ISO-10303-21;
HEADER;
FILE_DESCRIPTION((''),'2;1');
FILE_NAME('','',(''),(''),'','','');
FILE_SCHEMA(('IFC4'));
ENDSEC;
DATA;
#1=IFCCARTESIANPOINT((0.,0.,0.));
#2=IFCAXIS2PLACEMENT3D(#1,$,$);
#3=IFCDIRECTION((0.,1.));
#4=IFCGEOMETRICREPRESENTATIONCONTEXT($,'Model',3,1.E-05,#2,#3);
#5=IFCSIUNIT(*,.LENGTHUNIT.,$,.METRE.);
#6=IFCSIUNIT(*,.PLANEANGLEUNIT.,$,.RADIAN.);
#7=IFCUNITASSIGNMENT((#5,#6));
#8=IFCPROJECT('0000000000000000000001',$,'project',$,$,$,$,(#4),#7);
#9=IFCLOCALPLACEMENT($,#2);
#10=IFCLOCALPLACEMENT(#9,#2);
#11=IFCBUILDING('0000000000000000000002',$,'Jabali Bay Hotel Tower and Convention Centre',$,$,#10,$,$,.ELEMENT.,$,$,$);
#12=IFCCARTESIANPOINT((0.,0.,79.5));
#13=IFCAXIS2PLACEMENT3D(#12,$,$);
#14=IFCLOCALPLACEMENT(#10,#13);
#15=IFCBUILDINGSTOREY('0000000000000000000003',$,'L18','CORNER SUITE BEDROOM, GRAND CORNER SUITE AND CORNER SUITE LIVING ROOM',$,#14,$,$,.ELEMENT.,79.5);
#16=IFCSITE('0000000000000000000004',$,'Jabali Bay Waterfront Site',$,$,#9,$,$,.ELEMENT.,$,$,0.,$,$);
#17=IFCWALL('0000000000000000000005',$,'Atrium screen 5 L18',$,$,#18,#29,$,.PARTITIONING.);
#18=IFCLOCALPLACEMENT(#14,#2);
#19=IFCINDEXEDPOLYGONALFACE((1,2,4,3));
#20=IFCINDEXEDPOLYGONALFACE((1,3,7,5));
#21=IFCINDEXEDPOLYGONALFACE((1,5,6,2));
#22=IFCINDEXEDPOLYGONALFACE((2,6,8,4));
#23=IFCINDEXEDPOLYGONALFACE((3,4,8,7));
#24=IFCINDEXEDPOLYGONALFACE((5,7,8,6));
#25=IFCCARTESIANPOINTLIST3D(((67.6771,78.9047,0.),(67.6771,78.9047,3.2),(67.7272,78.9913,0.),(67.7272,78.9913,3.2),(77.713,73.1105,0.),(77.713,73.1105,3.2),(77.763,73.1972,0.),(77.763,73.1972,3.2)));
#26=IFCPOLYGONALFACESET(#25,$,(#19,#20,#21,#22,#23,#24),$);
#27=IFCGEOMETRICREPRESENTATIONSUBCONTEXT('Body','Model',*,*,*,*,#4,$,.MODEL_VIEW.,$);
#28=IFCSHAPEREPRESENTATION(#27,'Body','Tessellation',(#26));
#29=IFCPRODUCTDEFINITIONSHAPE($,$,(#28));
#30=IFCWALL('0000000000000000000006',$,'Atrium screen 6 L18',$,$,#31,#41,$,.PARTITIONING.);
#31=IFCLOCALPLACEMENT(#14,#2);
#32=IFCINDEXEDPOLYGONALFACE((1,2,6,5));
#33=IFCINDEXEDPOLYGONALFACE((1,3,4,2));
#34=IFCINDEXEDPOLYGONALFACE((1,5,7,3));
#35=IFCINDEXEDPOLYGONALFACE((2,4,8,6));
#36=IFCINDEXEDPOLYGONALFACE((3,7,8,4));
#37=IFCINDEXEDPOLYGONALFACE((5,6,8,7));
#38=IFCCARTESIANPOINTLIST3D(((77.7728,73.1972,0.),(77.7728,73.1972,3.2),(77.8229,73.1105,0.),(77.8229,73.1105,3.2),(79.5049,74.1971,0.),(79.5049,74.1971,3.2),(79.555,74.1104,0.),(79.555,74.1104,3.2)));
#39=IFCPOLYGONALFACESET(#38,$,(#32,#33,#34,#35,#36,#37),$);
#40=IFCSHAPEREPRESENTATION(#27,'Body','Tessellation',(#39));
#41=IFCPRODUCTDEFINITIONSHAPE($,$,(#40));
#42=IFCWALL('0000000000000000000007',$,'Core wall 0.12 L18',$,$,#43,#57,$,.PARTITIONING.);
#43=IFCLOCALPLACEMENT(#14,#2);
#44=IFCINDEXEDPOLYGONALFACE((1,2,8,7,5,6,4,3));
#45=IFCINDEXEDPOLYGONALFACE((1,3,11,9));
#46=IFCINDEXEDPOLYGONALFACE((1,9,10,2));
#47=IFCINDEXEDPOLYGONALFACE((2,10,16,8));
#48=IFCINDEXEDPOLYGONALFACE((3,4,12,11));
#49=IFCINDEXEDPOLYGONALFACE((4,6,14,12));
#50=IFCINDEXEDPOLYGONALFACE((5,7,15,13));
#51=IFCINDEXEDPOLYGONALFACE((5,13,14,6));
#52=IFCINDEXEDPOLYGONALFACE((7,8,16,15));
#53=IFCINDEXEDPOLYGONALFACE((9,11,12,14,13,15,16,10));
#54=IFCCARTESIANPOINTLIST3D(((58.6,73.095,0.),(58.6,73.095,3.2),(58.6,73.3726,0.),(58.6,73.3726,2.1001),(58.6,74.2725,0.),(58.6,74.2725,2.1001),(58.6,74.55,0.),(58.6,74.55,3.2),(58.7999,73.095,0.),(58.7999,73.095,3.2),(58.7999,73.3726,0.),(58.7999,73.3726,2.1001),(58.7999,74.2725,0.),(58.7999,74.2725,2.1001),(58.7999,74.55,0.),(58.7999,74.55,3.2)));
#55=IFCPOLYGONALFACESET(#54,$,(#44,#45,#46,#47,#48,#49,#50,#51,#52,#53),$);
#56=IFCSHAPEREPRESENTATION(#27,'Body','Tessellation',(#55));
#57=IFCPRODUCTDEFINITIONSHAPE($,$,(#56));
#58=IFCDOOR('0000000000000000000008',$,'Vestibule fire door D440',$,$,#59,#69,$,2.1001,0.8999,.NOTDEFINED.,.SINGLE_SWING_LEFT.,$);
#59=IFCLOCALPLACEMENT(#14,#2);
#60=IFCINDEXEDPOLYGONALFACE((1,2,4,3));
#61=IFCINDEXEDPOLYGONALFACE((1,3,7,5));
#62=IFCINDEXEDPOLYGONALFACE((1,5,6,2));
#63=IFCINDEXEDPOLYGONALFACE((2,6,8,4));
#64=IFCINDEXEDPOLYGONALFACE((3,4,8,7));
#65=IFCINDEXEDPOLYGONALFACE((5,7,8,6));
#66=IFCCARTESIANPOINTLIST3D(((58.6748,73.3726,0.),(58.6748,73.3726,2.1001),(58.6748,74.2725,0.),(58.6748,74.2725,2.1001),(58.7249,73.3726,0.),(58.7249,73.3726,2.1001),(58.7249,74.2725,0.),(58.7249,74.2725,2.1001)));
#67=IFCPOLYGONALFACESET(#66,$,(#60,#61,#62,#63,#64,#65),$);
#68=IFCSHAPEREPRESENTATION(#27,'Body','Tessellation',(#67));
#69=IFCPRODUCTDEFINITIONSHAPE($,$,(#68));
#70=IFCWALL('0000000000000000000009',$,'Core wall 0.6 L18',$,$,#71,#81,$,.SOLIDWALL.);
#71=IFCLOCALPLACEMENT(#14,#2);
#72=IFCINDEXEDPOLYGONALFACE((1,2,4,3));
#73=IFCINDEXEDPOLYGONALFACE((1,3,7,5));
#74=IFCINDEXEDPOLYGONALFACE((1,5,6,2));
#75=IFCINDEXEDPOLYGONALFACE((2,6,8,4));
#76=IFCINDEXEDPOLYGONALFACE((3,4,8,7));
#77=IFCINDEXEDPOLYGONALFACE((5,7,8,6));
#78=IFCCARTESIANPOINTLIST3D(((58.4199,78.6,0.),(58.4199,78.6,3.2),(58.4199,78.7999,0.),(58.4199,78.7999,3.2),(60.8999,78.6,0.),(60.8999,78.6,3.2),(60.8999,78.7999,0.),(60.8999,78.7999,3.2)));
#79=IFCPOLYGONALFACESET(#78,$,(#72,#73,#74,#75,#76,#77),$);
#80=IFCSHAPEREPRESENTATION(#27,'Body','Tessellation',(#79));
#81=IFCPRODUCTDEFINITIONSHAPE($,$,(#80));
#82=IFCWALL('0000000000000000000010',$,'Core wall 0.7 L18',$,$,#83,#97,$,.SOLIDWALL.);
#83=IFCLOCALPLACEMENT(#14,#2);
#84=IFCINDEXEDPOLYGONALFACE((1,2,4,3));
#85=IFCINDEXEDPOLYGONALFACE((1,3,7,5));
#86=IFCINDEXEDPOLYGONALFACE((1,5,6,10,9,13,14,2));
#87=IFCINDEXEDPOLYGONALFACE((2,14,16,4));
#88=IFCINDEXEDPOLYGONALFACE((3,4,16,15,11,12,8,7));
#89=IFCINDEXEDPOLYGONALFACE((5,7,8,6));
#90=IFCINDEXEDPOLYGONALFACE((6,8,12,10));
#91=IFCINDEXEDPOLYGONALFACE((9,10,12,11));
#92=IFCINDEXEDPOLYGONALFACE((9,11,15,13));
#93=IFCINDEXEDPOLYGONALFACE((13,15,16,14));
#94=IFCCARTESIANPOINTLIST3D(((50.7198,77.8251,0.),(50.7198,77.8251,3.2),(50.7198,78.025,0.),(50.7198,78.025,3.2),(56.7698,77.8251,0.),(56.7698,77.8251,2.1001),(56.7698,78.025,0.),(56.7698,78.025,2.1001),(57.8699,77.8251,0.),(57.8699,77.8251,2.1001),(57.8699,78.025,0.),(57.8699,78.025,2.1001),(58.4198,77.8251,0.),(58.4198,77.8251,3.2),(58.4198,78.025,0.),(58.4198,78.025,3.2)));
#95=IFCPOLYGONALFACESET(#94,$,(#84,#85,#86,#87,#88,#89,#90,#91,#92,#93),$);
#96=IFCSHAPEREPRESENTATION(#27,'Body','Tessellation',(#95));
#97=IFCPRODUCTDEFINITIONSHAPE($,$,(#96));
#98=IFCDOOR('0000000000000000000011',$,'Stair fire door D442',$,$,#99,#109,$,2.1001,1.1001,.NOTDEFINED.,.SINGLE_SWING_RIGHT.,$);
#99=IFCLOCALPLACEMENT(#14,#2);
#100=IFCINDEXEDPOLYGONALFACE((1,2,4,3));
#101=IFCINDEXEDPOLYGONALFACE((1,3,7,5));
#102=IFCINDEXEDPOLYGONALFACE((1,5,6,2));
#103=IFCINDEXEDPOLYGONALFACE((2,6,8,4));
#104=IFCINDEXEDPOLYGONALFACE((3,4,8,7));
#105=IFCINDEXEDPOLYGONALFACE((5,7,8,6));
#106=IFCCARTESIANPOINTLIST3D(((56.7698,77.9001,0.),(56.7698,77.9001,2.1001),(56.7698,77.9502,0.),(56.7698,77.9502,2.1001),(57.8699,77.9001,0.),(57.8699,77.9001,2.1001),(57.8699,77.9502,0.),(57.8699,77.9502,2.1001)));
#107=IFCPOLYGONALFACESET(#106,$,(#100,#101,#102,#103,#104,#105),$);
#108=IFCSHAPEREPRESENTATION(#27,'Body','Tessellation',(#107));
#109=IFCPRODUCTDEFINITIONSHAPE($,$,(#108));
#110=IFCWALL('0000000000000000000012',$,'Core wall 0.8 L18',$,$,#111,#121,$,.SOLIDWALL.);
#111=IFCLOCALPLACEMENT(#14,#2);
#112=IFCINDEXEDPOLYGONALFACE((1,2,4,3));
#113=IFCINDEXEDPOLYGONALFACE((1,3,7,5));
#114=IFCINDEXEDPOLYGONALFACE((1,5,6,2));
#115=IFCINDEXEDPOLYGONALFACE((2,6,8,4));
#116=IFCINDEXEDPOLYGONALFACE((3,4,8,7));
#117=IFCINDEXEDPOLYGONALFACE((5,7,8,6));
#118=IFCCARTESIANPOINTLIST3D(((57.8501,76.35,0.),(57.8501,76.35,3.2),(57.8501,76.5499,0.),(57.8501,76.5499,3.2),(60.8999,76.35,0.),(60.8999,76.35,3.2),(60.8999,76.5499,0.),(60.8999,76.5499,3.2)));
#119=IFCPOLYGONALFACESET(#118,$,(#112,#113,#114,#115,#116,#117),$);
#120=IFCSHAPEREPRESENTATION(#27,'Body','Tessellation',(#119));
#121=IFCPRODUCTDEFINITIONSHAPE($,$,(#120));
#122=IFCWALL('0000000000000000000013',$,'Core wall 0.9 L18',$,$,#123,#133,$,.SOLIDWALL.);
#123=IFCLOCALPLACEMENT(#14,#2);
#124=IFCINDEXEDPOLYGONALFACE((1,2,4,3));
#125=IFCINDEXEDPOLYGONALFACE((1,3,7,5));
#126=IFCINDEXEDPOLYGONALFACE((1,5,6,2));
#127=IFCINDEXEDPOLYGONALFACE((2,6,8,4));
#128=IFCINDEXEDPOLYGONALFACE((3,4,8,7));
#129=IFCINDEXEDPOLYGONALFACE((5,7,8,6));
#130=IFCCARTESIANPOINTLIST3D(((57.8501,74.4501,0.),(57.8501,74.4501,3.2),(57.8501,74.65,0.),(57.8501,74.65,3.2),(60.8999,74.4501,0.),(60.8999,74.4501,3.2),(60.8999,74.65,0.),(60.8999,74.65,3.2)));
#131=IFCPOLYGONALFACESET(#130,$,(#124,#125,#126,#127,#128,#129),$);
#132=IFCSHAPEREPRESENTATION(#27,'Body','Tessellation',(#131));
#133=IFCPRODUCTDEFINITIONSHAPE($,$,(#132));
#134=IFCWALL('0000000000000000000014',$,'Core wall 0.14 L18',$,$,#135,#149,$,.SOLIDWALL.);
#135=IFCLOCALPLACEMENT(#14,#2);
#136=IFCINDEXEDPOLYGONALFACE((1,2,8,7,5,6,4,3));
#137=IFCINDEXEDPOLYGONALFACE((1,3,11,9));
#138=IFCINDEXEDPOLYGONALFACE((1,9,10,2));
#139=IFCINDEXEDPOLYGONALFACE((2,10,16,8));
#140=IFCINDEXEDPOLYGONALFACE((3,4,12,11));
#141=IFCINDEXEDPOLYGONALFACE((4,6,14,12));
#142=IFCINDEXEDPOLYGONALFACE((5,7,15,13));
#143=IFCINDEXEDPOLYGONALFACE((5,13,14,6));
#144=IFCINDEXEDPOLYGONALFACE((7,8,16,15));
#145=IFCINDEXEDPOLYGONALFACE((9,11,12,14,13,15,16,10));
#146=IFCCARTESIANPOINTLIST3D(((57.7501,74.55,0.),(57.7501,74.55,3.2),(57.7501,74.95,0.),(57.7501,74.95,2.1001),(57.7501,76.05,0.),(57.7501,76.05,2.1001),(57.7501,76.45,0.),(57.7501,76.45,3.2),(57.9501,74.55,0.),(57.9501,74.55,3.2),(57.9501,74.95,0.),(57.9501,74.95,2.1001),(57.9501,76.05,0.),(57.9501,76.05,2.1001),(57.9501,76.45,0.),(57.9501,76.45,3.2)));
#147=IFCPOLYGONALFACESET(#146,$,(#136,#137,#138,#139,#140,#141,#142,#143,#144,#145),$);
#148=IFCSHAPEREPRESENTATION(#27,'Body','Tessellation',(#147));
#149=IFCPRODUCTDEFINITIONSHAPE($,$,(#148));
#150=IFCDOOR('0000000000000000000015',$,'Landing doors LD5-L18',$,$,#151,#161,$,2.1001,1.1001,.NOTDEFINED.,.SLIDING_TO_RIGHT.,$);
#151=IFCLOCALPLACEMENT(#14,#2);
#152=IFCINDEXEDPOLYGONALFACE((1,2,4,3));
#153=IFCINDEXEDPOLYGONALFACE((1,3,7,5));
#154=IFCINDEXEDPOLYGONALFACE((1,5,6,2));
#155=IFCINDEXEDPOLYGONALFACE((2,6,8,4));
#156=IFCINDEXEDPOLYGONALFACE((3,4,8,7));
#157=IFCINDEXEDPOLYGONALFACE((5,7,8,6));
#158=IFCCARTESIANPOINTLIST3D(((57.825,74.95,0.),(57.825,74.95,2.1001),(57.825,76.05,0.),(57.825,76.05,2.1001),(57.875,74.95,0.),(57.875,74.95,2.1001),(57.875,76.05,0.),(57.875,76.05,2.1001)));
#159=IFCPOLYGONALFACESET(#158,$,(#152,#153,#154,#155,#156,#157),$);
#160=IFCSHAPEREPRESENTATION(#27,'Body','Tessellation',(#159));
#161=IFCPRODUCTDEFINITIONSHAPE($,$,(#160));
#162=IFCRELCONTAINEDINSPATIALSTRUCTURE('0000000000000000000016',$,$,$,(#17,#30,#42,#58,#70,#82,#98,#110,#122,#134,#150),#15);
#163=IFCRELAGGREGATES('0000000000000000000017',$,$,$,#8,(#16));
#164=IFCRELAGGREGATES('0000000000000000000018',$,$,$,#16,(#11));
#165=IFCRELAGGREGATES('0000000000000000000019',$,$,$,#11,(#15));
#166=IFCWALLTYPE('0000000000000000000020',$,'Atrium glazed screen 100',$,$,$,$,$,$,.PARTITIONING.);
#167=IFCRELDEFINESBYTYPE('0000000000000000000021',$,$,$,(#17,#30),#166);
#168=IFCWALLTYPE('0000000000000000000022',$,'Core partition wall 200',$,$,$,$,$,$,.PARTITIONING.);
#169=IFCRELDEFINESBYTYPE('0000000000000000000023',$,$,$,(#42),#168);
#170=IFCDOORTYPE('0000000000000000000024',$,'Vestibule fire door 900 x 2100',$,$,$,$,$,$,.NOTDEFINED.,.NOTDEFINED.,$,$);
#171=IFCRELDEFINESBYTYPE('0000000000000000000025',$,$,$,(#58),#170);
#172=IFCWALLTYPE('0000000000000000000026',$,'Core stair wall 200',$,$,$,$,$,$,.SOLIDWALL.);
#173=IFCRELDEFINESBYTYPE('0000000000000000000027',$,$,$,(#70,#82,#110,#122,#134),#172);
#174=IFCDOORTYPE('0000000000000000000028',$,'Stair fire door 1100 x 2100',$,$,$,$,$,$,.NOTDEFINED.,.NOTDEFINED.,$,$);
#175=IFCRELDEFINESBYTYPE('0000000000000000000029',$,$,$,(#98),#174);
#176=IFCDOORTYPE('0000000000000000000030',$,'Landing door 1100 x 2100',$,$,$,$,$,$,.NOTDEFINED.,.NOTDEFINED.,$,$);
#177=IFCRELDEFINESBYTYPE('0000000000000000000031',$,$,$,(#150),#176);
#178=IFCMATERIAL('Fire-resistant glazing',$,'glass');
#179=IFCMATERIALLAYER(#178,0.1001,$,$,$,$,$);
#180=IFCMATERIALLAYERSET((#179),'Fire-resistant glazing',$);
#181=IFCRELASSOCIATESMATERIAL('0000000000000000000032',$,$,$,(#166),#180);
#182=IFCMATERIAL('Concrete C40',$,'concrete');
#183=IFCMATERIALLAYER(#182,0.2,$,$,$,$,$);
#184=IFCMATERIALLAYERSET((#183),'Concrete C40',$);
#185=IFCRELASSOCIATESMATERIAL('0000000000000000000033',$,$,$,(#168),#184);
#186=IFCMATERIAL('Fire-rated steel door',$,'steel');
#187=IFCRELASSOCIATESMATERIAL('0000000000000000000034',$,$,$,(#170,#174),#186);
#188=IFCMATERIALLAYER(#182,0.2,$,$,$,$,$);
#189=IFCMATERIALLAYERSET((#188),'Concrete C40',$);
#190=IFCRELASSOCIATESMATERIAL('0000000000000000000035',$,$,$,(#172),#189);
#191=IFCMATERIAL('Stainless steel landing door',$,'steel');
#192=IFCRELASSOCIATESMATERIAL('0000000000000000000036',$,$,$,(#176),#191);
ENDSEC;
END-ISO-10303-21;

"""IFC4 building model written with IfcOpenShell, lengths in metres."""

from ifc_helpers import new_model, si_unit, direction, frame, frame_2d, origin, place, context, subcontext, project, spatial, rectangle, extrude, material, layer, layer_set, type_object, element, fill, save


model = new_model("IFC4")

# Units and contexts
model_context = context("Model", 3, precision=1e-05, world=origin(), true_north=direction((0.0, 1.0)))
body_context = subcontext(model_context, "Body", "Model", "MODEL_VIEW")
ifc_project = project(units=[si_unit("LENGTHUNIT", "METRE"), si_unit("PLANEANGLEUNIT", "RADIAN")], contexts=[model_context])

# Site, building, storey
site_placement = place(None, origin())
site = spatial("IfcSite", under=ifc_project, at=site_placement, Name="Jabali Bay Waterfront Site", CompositionType="ELEMENT", RefElevation=0.0)
building_placement = place(site_placement, origin())
building = spatial("IfcBuilding", under=site, at=building_placement, Name="Jabali Bay Hotel Tower and Convention Centre", CompositionType="ELEMENT")
storey_placement = place(building_placement, frame((0.0, 0.0, 79.5)))
storey = spatial("IfcBuildingStorey", under=building, at=storey_placement, Name="L18", Description="CORNER SUITE BEDROOM, GRAND CORNER SUITE AND CORNER SUITE LIVING ROOM", CompositionType="ELEMENT", Elevation=79.5)

# Walls
ifc_material_1 = material(Name="Fire-resistant glazing", Category="glass")
ifc_layer_1 = layer(ifc_material_1, 0.1001)
ifc_layer_set_1 = layer_set([ifc_layer_1], Name="Fire-resistant glazing")
wall_type_1 = type_object("IfcWallType", Name="Atrium glazed screen 100", PredefinedType="PARTITIONING", material=ifc_layer_set_1)
wall_1_placement = place(storey_placement, frame((67.7021, 78.948, 0.0), z_axis=(0.0, 0.0, 1.0), x_axis=(0.866027, -0.499998, 0.0)))
element("IfcWall", 1, at=wall_1_placement, inside=storey, type_object=wall_type_1, Name="Atrium screen 5 L18", PredefinedType="PARTITIONING", context=body_context, shape_type="SweptSolid", body=[
    extrude(rectangle(XDim=11.5884, YDim=0.1001, at=frame_2d((5.7942, 0.0))), origin(), (0.0, 0.0, 1.0), 3.2),
])
wall_2_placement = place(storey_placement, frame((77.7979, 73.1538, 0.0), z_axis=(0.0, 0.0, 1.0), x_axis=(0.866041, 0.499973, 0.0)))
element("IfcWall", 2, at=wall_2_placement, inside=storey, type_object=wall_type_1, Name="Atrium screen 6 L18", PredefinedType="PARTITIONING", context=body_context, shape_type="SweptSolid", body=[
    extrude(rectangle(XDim=2.0, YDim=0.1001, at=frame_2d((1.0, 0.0))), origin(), (0.0, 0.0, 1.0), 3.2),
])

# Wall, opening, door
ifc_material_2 = material(Name="Concrete C40", Category="concrete")
ifc_layer_2 = layer(ifc_material_2, 0.2)
ifc_layer_set_2 = layer_set([ifc_layer_2], Name="Concrete C40")
wall_type_2 = type_object("IfcWallType", Name="Core partition wall 200", PredefinedType="PARTITIONING", material=ifc_layer_set_2)
wall_3_placement = place(storey_placement, frame((58.7, 74.55, 0.0), z_axis=(0.0, 0.0, 1.0), x_axis=(0.0, -1.0, 0.0)))
wall_3 = element("IfcWall", 3, at=wall_3_placement, inside=storey, type_object=wall_type_2, Name="Core wall 0.12 L18", PredefinedType="PARTITIONING", context=body_context, shape_type="SweptSolid", body=[
    extrude(rectangle(XDim=1.4551, YDim=0.2, at=frame_2d((0.7275, 0.0))), origin(), (0.0, 0.0, 1.0), 3.2),
])
opening_1_placement = place(wall_3_placement, frame((0.2776, 0.0, 0.0)))
opening_1 = element("IfcOpeningElement", 4, at=opening_1_placement, cuts=wall_3, PredefinedType="OPENING", context=body_context, shape_type="SweptSolid", body=[
    extrude(rectangle(XDim=0.8999, YDim=2.1001, at=frame_2d((0.45, 1.05))), frame((0.0, 0.1104, 0.0), z_axis=(0.0, -1.0, 0.0), x_axis=(1.0, 0.0, 0.0)), (0.0, 0.0, 1.0), 0.2209),
])
ifc_material_3 = material(Name="Fire-rated steel door", Category="steel")
door_type_1 = type_object("IfcDoorType", Name="Vestibule fire door 900 x 2100", OperationType="NOTDEFINED", PredefinedType="NOTDEFINED", material=ifc_material_3)
door_1_placement = place(opening_1_placement, origin())
door_1 = element("IfcDoor", 5, at=door_1_placement, inside=storey, type_object=door_type_1, Name="Vestibule fire door D440", OperationType="SINGLE_SWING_LEFT", OverallHeight=2.1001, OverallWidth=0.8999, PredefinedType="NOTDEFINED", context=body_context, shape_type="SweptSolid", body=[
    extrude(rectangle(XDim=0.8999, YDim=2.1001, at=frame_2d((0.45, 1.05))), frame((0.0, 0.0249, 0.0), z_axis=(0.0, -1.0, 0.0), x_axis=(1.0, 0.0, 0.0)), (0.0, 0.0, 1.0), 0.05),
])
fill(opening_1, door_1)

# Wall
ifc_layer_3 = layer(ifc_material_2, 0.2)
ifc_layer_set_3 = layer_set([ifc_layer_3], Name="Concrete C40")
wall_type_3 = type_object("IfcWallType", Name="Core stair wall 200", PredefinedType="SOLIDWALL", material=ifc_layer_set_3)
wall_4_placement = place(storey_placement, frame((60.8999, 78.7, 0.0), z_axis=(0.0, 0.0, 1.0), x_axis=(-1.0, 0.0, 0.0)))
element("IfcWall", 6, at=wall_4_placement, inside=storey, type_object=wall_type_3, Name="Core wall 0.6 L18", PredefinedType="SOLIDWALL", context=body_context, shape_type="SweptSolid", body=[
    extrude(rectangle(XDim=2.48, YDim=0.2, at=frame_2d((1.24, 0.0))), origin(), (0.0, 0.0, 1.0), 3.2),
])

# Wall, opening, door
wall_5_placement = place(storey_placement, frame((58.4199, 77.925, 0.0), z_axis=(0.0, 0.0, 1.0), x_axis=(-1.0, 0.0, 0.0)))
wall_5 = element("IfcWall", 7, at=wall_5_placement, inside=storey, type_object=wall_type_3, Name="Core wall 0.7 L18", PredefinedType="SOLIDWALL", context=body_context, shape_type="SweptSolid", body=[
    extrude(rectangle(XDim=7.7, YDim=0.2, at=frame_2d((3.8501, 0.0))), origin(), (0.0, 0.0, 1.0), 3.2),
])
opening_2_placement = place(wall_5_placement, frame((0.55, 0.0, 0.0)))
opening_2 = element("IfcOpeningElement", 8, at=opening_2_placement, cuts=wall_5, PredefinedType="OPENING", context=body_context, shape_type="SweptSolid", body=[
    extrude(rectangle(XDim=1.1001, YDim=2.1001, at=frame_2d((0.55, 1.05))), frame((0.0, 0.1104, 0.0), z_axis=(0.0, -1.0, 0.0), x_axis=(1.0, 0.0, 0.0)), (0.0, 0.0, 1.0), 0.2209),
])
door_type_2 = type_object("IfcDoorType", Name="Stair fire door 1100 x 2100", OperationType="NOTDEFINED", PredefinedType="NOTDEFINED", material=ifc_material_3)
door_2_placement = place(opening_2_placement, origin())
door_2 = element("IfcDoor", 9, at=door_2_placement, inside=storey, type_object=door_type_2, Name="Stair fire door D442", OperationType="SINGLE_SWING_RIGHT", OverallHeight=2.1001, OverallWidth=1.1001, PredefinedType="NOTDEFINED", context=body_context, shape_type="SweptSolid", body=[
    extrude(rectangle(XDim=1.1001, YDim=2.1001, at=frame_2d((0.55, 1.05))), frame((0.0, 0.0249, 0.0), z_axis=(0.0, -1.0, 0.0), x_axis=(1.0, 0.0, 0.0)), (0.0, 0.0, 1.0), 0.05),
])
fill(opening_2, door_2)

# Walls
for number, where, z_axis, x_axis, name in (
    (10, (60.8999, 76.45, 0.0), (0.0, 0.0, 1.0), (-1.0, 0.0, 0.0), "Core wall 0.8 L18"),
    (11, (60.8999, 74.55, 0.0), (0.0, 0.0, 1.0), (-1.0, 0.0, 0.0), "Core wall 0.9 L18"),
):
    element("IfcWall", number, at=place(storey_placement, frame(where, z_axis=z_axis, x_axis=x_axis)), inside=storey, type_object=wall_type_3, Name=name, PredefinedType="SOLIDWALL", context=body_context, shape_type="SweptSolid", body=[
        extrude(rectangle(XDim=3.0498, YDim=0.2, at=frame_2d((1.5249, 0.0))), origin(), (0.0, 0.0, 1.0), 3.2),
    ])

# Wall, opening, door
wall_6_placement = place(storey_placement, frame((57.8501, 76.45, 0.0), z_axis=(0.0, 0.0, 1.0), x_axis=(0.0, -1.0, 0.0)))
wall_6 = element("IfcWall", 12, at=wall_6_placement, inside=storey, type_object=wall_type_3, Name="Core wall 0.14 L18", PredefinedType="SOLIDWALL", context=body_context, shape_type="SweptSolid", body=[
    extrude(rectangle(XDim=1.8999, YDim=0.2, at=frame_2d((0.95, 0.0))), origin(), (0.0, 0.0, 1.0), 3.2),
])
opening_3_placement = place(wall_6_placement, frame((0.3999, 0.0, 0.0)))
opening_3 = element("IfcOpeningElement", 13, at=opening_3_placement, cuts=wall_6, PredefinedType="OPENING", context=body_context, shape_type="SweptSolid", body=[
    extrude(rectangle(XDim=1.1001, YDim=2.1001, at=frame_2d((0.55, 1.05))), frame((0.0, 0.1104, 0.0), z_axis=(0.0, -1.0, 0.0), x_axis=(1.0, 0.0, 0.0)), (0.0, 0.0, 1.0), 0.2209),
])
ifc_material_4 = material(Name="Stainless steel landing door", Category="steel")
door_type_3 = type_object("IfcDoorType", Name="Landing door 1100 x 2100", OperationType="NOTDEFINED", PredefinedType="NOTDEFINED", material=ifc_material_4)
door_3_placement = place(opening_3_placement, origin())
door_3 = element("IfcDoor", 14, at=door_3_placement, inside=storey, type_object=door_type_3, Name="Landing doors LD5-L18", OperationType="SLIDING_TO_RIGHT", OverallHeight=2.1001, OverallWidth=1.1001, PredefinedType="NOTDEFINED", context=body_context, shape_type="SweptSolid", body=[
    extrude(rectangle(XDim=1.1001, YDim=2.1001, at=frame_2d((0.55, 1.05))), frame((0.0, 0.0249, 0.0), z_axis=(0.0, -1.0, 0.0), x_axis=(1.0, 0.0, 0.0)), (0.0, 0.0, 1.0), 0.05),
])
fill(opening_3, door_3)

save(model, "model.ifc")
